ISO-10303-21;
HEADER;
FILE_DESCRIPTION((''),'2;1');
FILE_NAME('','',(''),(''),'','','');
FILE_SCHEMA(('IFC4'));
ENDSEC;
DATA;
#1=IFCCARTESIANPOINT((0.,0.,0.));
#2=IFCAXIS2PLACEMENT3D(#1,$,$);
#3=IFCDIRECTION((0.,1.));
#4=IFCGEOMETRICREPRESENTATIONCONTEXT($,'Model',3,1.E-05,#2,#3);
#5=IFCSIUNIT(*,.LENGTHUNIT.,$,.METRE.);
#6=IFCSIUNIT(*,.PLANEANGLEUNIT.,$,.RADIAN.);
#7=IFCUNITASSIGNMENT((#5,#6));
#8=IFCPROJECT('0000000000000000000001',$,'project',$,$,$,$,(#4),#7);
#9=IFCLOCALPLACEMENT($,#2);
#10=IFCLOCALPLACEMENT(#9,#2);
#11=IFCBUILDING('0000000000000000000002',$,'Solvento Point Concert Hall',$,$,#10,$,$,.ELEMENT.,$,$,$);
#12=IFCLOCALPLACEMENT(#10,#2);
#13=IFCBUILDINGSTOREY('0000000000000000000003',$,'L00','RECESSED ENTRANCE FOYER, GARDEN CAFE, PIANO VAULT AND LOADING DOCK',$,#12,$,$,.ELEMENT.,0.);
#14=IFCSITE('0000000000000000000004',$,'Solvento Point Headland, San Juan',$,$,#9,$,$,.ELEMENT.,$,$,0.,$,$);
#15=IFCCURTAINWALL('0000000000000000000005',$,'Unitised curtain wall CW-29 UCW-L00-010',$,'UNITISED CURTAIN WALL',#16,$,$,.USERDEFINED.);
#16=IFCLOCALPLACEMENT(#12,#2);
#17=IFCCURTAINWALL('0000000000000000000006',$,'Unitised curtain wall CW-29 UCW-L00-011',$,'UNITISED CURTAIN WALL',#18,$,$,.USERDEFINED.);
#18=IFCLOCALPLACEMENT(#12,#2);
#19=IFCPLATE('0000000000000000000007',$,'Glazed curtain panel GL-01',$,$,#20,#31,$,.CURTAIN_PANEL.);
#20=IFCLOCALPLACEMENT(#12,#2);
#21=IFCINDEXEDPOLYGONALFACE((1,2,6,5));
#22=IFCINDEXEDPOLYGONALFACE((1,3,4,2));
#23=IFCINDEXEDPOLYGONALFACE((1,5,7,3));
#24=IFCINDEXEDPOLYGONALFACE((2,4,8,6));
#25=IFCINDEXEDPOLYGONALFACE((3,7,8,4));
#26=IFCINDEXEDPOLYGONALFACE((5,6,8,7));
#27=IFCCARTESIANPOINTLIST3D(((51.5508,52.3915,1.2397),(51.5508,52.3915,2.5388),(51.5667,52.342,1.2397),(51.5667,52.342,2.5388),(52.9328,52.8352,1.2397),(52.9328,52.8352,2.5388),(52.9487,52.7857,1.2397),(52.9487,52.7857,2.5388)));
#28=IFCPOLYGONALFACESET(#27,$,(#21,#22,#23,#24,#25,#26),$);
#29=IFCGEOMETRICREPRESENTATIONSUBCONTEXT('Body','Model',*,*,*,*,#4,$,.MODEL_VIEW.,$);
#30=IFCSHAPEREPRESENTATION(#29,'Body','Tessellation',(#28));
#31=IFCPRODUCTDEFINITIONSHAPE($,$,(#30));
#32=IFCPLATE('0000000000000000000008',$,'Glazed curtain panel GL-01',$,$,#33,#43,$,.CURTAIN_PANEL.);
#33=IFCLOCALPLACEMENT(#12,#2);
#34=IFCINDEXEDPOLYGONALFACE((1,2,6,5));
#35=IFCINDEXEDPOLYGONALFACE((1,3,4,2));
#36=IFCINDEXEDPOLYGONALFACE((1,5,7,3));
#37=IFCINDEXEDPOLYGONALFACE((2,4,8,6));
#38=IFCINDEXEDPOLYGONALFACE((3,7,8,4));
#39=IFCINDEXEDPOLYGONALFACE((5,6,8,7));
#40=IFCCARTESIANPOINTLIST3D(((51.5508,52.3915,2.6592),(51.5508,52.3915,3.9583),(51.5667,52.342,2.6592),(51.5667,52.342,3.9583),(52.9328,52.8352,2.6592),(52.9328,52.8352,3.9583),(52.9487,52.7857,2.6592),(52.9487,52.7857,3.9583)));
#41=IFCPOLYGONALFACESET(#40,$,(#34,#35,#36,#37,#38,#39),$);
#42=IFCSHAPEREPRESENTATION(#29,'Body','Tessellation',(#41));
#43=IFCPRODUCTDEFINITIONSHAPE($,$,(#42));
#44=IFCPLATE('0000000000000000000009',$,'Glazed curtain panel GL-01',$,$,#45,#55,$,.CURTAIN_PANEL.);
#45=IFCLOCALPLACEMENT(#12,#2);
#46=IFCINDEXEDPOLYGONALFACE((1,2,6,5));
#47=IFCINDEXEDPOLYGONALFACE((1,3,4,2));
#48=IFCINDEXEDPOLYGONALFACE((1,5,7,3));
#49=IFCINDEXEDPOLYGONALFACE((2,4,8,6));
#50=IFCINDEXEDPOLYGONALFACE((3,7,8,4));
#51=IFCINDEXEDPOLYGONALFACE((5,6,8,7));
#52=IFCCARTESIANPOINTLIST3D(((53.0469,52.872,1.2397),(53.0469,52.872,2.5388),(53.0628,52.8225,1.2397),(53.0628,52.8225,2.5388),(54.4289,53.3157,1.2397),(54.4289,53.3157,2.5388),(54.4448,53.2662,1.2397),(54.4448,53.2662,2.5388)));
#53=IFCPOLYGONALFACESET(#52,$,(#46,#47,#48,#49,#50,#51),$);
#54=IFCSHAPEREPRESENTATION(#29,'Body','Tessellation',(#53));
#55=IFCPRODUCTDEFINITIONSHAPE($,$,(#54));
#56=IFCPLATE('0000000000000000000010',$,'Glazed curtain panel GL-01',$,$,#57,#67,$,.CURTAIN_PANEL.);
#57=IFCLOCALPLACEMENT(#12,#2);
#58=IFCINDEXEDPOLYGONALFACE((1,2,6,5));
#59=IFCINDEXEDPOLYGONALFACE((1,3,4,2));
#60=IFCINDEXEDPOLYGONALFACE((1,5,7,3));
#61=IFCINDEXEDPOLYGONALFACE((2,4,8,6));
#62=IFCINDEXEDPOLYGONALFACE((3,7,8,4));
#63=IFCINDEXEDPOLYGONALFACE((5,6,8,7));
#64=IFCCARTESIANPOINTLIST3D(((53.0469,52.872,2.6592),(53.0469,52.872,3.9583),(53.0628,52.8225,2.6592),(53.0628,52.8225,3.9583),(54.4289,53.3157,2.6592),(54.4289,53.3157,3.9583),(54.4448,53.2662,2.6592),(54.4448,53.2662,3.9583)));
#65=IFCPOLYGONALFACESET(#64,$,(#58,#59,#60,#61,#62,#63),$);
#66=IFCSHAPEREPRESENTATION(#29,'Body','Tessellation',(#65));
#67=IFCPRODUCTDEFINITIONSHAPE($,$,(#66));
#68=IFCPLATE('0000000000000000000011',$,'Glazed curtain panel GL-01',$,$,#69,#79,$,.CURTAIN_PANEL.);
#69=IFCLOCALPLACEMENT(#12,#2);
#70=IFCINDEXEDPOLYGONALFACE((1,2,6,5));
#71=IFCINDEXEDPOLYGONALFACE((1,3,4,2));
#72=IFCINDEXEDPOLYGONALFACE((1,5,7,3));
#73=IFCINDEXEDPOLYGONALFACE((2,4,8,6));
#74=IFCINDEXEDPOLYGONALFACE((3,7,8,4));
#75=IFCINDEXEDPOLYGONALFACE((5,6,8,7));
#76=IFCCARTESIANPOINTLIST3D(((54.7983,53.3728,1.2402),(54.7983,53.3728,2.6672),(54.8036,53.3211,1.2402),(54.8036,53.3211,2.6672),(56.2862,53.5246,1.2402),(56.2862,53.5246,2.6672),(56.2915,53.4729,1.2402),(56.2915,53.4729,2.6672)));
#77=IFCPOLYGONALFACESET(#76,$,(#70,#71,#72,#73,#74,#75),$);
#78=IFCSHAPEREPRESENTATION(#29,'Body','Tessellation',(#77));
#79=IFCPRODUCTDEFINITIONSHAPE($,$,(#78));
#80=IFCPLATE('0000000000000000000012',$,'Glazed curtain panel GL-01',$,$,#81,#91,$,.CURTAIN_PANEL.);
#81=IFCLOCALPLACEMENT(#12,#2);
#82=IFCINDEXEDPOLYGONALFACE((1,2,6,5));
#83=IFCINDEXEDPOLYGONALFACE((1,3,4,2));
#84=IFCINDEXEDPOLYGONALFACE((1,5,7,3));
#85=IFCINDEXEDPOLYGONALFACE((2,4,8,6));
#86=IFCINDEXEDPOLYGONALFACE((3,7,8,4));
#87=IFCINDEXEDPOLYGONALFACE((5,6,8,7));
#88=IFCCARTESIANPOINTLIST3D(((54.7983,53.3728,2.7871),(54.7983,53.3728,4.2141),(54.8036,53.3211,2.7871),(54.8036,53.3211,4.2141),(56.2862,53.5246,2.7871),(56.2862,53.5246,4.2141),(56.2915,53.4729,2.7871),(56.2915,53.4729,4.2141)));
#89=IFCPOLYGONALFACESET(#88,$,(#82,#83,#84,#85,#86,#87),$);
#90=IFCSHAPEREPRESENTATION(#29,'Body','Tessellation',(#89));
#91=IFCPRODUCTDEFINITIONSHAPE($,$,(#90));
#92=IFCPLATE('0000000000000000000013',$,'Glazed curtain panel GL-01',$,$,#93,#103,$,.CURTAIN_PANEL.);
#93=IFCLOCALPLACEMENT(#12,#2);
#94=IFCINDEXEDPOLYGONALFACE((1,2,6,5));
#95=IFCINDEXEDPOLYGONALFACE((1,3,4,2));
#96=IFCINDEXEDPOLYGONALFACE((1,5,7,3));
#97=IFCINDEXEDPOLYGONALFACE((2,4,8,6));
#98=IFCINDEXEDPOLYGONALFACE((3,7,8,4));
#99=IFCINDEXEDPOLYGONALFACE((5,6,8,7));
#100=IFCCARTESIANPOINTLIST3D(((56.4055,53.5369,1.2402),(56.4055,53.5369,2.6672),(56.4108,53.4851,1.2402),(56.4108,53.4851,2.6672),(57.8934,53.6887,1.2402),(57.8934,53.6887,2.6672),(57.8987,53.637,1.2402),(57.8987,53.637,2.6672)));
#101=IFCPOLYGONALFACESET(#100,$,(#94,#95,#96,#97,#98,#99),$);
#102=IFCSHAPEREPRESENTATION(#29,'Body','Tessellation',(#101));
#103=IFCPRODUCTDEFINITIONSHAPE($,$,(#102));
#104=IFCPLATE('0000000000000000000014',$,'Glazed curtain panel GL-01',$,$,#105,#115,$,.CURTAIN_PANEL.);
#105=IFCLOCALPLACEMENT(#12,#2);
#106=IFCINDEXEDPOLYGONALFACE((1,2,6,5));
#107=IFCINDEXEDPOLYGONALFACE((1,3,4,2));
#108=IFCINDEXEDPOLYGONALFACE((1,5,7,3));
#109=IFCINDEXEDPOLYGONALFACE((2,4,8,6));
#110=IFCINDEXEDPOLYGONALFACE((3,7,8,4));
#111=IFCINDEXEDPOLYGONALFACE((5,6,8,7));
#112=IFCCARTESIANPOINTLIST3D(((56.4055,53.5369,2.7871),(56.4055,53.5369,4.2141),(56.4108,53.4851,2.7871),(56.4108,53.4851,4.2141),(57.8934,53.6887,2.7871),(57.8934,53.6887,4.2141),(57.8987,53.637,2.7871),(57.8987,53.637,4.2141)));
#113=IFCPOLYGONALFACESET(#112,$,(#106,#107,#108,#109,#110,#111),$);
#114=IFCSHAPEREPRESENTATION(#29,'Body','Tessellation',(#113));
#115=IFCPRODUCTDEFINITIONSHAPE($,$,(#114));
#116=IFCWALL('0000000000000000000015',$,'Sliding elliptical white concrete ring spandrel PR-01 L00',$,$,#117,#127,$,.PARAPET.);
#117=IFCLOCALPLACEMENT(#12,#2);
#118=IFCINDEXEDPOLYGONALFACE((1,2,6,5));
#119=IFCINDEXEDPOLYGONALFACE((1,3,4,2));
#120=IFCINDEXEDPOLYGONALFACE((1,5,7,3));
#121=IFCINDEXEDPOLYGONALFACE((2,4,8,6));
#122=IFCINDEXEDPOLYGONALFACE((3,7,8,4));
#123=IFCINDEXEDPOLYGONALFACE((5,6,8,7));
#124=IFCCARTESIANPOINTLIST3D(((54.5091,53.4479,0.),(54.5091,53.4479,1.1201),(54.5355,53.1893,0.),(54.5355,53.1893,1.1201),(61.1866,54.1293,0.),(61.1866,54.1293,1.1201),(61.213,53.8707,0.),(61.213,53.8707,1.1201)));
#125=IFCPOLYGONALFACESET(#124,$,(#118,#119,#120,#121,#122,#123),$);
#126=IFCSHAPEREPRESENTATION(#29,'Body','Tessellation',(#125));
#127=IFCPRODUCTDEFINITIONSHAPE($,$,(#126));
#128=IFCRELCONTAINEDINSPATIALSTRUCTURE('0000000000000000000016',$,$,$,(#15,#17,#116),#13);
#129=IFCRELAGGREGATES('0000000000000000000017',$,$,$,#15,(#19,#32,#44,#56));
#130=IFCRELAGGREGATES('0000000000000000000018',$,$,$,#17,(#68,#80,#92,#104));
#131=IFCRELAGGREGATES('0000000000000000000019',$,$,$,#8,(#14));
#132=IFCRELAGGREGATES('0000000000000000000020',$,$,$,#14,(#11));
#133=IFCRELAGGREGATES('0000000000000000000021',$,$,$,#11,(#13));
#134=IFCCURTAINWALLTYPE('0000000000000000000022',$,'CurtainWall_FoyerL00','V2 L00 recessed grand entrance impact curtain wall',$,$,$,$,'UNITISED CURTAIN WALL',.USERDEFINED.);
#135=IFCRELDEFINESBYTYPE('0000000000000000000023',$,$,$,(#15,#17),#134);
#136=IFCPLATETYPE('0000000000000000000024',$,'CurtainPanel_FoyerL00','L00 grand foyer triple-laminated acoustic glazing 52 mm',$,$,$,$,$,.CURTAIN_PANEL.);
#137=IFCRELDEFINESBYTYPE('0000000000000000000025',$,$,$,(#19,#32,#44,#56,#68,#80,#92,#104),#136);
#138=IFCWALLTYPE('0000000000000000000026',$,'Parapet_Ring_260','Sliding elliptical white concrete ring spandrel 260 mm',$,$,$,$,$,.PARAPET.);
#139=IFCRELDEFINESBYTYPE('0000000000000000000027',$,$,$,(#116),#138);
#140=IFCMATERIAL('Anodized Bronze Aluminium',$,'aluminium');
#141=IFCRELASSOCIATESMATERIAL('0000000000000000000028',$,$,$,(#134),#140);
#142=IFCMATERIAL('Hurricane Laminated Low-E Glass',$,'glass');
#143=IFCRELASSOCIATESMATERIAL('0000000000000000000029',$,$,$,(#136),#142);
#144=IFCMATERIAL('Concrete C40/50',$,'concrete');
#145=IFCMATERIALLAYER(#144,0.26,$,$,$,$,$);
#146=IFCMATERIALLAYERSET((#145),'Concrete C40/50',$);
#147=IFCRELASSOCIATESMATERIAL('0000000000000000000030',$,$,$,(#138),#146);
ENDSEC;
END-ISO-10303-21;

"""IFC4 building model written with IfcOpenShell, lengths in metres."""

from ifc_helpers import new_model, si_unit, direction, frame, frame_2d, origin, origin_2d, place, context, subcontext, project, spatial, rectangle, extrude, material, layer, layer_set, type_object, element, aggregate, save


model = new_model("IFC4")

# Units and contexts
model_context = context("Model", 3, precision=1e-05, world=origin(), true_north=direction((0.0, 1.0)))
body_context = subcontext(model_context, "Body", "Model", "MODEL_VIEW")
ifc_project = project(units=[si_unit("LENGTHUNIT", "METRE"), si_unit("PLANEANGLEUNIT", "RADIAN")], contexts=[model_context])

# Site, building, storey
site_placement = place(None, origin())
site = spatial("IfcSite", under=ifc_project, at=site_placement, Name="Solvento Point Headland, San Juan", CompositionType="ELEMENT", RefElevation=0.0)
building_placement = place(site_placement, origin())
building = spatial("IfcBuilding", under=site, at=building_placement, Name="Solvento Point Concert Hall", CompositionType="ELEMENT")
storey_placement = place(building_placement, origin())
storey = spatial("IfcBuildingStorey", under=building, at=storey_placement, Name="L00", Description="RECESSED ENTRANCE FOYER, GARDEN CAFE, PIANO VAULT AND LOADING DOCK", CompositionType="ELEMENT", Elevation=0.0)

# Curtain walls
ifc_material_1 = material(Name="Anodized Bronze Aluminium", Category="aluminium")
curtain_wall_type = type_object("IfcCurtainWallType", Name="CurtainWall_FoyerL00", Description="V2 L00 recessed grand entrance impact curtain wall", ElementType="UNITISED CURTAIN WALL", PredefinedType="USERDEFINED", material=ifc_material_1)
curtain_wall_1_placement = place(storey_placement, origin())
curtain_wall_1 = element("IfcCurtainWall", 1, at=curtain_wall_1_placement, inside=storey, type_object=curtain_wall_type, Name="Unitised curtain wall CW-29 UCW-L00-010", ObjectType="UNITISED CURTAIN WALL", PredefinedType="USERDEFINED")
curtain_wall_2_placement = place(storey_placement, origin())
curtain_wall_2 = element("IfcCurtainWall", 2, at=curtain_wall_2_placement, inside=storey, type_object=curtain_wall_type, Name="Unitised curtain wall CW-29 UCW-L00-011", ObjectType="UNITISED CURTAIN WALL", PredefinedType="USERDEFINED")

# Plates
ifc_material_2 = material(Name="Hurricane Laminated Low-E Glass", Category="glass")
plate_type = type_object("IfcPlateType", Name="CurtainPanel_FoyerL00", Description="L00 grand foyer triple-laminated acoustic glazing 52 mm", PredefinedType="CURTAIN_PANEL", material=ifc_material_2)
plate_1_placement = place(storey_placement, frame((52.2498, 52.5886, 1.2397), z_axis=(0.0, 0.0, 1.0), x_axis=(0.952121, 0.30572, 0.0)))
plate_1 = element("IfcPlate", 3, at=plate_1_placement, type_object=plate_type, Name="Glazed curtain panel GL-01", PredefinedType="CURTAIN_PANEL", context=body_context, shape_type="SweptSolid", body=[
    extrude(rectangle(XDim=1.4514, YDim=0.052, at=origin_2d()), origin(), (0.0, 0.0, 1.0), 1.2991),
])
plate_2_placement = place(storey_placement, frame((52.2498, 52.5886, 2.6592), z_axis=(0.0, 0.0, 1.0), x_axis=(0.952121, 0.30572, 0.0)))
plate_2 = element("IfcPlate", 4, at=plate_2_placement, type_object=plate_type, Name="Glazed curtain panel GL-01", PredefinedType="CURTAIN_PANEL", context=body_context, shape_type="SweptSolid", body=[
    extrude(rectangle(XDim=1.4514, YDim=0.052, at=origin_2d()), origin(), (0.0, 0.0, 1.0), 1.2991),
])
plate_3_placement = place(storey_placement, frame((53.7458, 53.0691, 1.2397), z_axis=(0.0, 0.0, 1.0), x_axis=(0.952121, 0.30572, 0.0)))
plate_3 = element("IfcPlate", 5, at=plate_3_placement, type_object=plate_type, Name="Glazed curtain panel GL-01", PredefinedType="CURTAIN_PANEL", context=body_context, shape_type="SweptSolid", body=[
    extrude(rectangle(XDim=1.4514, YDim=0.052, at=origin_2d()), origin(), (0.0, 0.0, 1.0), 1.2991),
])
plate_4_placement = place(storey_placement, frame((53.7458, 53.0691, 2.6592), z_axis=(0.0, 0.0, 1.0), x_axis=(0.952121, 0.30572, 0.0)))
plate_4 = element("IfcPlate", 6, at=plate_4_placement, type_object=plate_type, Name="Glazed curtain panel GL-01", PredefinedType="CURTAIN_PANEL", context=body_context, shape_type="SweptSolid", body=[
    extrude(rectangle(XDim=1.4514, YDim=0.052, at=origin_2d()), origin(), (0.0, 0.0, 1.0), 1.2991),
])
aggregate(curtain_wall_1, [plate_1, plate_2, plate_3, plate_4])
plate_5_placement = place(storey_placement, frame((55.5449, 53.4229, 1.2402), z_axis=(0.0, 0.0, 1.0), x_axis=(0.994832, 0.101532, 0.0)))
plate_5 = element("IfcPlate", 7, at=plate_5_placement, type_object=plate_type, Name="Glazed curtain panel GL-01", PredefinedType="CURTAIN_PANEL", context=body_context, shape_type="SweptSolid", body=[
    extrude(rectangle(XDim=1.4956, YDim=0.052, at=origin_2d()), origin(), (0.0, 0.0, 1.0), 1.427),
])
plate_6_placement = place(storey_placement, frame((55.5449, 53.4229, 2.7871), z_axis=(0.0, 0.0, 1.0), x_axis=(0.994832, 0.101532, 0.0)))
plate_6 = element("IfcPlate", 8, at=plate_6_placement, type_object=plate_type, Name="Glazed curtain panel GL-01", PredefinedType="CURTAIN_PANEL", context=body_context, shape_type="SweptSolid", body=[
    extrude(rectangle(XDim=1.4956, YDim=0.052, at=origin_2d()), origin(), (0.0, 0.0, 1.0), 1.427),
])
plate_7_placement = place(storey_placement, frame((57.1521, 53.5869, 1.2402), z_axis=(0.0, 0.0, 1.0), x_axis=(0.994832, 0.101532, 0.0)))
plate_7 = element("IfcPlate", 9, at=plate_7_placement, type_object=plate_type, Name="Glazed curtain panel GL-01", PredefinedType="CURTAIN_PANEL", context=body_context, shape_type="SweptSolid", body=[
    extrude(rectangle(XDim=1.4956, YDim=0.052, at=origin_2d()), origin(), (0.0, 0.0, 1.0), 1.427),
])
plate_8_placement = place(storey_placement, frame((57.1521, 53.5869, 2.7871), z_axis=(0.0, 0.0, 1.0), x_axis=(0.994832, 0.101532, 0.0)))
plate_8 = element("IfcPlate", 10, at=plate_8_placement, type_object=plate_type, Name="Glazed curtain panel GL-01", PredefinedType="CURTAIN_PANEL", context=body_context, shape_type="SweptSolid", body=[
    extrude(rectangle(XDim=1.4956, YDim=0.052, at=origin_2d()), origin(), (0.0, 0.0, 1.0), 1.427),
])
aggregate(curtain_wall_2, [plate_5, plate_6, plate_7, plate_8])

# Wall
ifc_material_3 = material(Name="Concrete C40/50", Category="concrete")
ifc_layer = layer(ifc_material_3, 0.26)
ifc_layer_set = layer_set([ifc_layer], Name="Concrete C40/50")
wall_type = type_object("IfcWallType", Name="Parapet_Ring_260", Description="Sliding elliptical white concrete ring spandrel 260 mm", PredefinedType="PARAPET", material=ifc_layer_set)
wall_placement = place(storey_placement, frame((54.5225, 53.3186, 0.0), z_axis=(0.0, 0.0, 1.0), x_axis=(0.994834, 0.101517, 0.0)))
element("IfcWall", 11, at=wall_placement, inside=storey, type_object=wall_type, Name="Sliding elliptical white concrete ring spandrel PR-01 L00", PredefinedType="PARAPET", context=body_context, shape_type="SweptSolid", body=[
    extrude(rectangle(XDim=6.7122, YDim=0.26, at=frame_2d((3.356, 0.0))), origin(), (0.0, 0.0, 1.0), 1.1201),
])

save(model, "model.ifc")
